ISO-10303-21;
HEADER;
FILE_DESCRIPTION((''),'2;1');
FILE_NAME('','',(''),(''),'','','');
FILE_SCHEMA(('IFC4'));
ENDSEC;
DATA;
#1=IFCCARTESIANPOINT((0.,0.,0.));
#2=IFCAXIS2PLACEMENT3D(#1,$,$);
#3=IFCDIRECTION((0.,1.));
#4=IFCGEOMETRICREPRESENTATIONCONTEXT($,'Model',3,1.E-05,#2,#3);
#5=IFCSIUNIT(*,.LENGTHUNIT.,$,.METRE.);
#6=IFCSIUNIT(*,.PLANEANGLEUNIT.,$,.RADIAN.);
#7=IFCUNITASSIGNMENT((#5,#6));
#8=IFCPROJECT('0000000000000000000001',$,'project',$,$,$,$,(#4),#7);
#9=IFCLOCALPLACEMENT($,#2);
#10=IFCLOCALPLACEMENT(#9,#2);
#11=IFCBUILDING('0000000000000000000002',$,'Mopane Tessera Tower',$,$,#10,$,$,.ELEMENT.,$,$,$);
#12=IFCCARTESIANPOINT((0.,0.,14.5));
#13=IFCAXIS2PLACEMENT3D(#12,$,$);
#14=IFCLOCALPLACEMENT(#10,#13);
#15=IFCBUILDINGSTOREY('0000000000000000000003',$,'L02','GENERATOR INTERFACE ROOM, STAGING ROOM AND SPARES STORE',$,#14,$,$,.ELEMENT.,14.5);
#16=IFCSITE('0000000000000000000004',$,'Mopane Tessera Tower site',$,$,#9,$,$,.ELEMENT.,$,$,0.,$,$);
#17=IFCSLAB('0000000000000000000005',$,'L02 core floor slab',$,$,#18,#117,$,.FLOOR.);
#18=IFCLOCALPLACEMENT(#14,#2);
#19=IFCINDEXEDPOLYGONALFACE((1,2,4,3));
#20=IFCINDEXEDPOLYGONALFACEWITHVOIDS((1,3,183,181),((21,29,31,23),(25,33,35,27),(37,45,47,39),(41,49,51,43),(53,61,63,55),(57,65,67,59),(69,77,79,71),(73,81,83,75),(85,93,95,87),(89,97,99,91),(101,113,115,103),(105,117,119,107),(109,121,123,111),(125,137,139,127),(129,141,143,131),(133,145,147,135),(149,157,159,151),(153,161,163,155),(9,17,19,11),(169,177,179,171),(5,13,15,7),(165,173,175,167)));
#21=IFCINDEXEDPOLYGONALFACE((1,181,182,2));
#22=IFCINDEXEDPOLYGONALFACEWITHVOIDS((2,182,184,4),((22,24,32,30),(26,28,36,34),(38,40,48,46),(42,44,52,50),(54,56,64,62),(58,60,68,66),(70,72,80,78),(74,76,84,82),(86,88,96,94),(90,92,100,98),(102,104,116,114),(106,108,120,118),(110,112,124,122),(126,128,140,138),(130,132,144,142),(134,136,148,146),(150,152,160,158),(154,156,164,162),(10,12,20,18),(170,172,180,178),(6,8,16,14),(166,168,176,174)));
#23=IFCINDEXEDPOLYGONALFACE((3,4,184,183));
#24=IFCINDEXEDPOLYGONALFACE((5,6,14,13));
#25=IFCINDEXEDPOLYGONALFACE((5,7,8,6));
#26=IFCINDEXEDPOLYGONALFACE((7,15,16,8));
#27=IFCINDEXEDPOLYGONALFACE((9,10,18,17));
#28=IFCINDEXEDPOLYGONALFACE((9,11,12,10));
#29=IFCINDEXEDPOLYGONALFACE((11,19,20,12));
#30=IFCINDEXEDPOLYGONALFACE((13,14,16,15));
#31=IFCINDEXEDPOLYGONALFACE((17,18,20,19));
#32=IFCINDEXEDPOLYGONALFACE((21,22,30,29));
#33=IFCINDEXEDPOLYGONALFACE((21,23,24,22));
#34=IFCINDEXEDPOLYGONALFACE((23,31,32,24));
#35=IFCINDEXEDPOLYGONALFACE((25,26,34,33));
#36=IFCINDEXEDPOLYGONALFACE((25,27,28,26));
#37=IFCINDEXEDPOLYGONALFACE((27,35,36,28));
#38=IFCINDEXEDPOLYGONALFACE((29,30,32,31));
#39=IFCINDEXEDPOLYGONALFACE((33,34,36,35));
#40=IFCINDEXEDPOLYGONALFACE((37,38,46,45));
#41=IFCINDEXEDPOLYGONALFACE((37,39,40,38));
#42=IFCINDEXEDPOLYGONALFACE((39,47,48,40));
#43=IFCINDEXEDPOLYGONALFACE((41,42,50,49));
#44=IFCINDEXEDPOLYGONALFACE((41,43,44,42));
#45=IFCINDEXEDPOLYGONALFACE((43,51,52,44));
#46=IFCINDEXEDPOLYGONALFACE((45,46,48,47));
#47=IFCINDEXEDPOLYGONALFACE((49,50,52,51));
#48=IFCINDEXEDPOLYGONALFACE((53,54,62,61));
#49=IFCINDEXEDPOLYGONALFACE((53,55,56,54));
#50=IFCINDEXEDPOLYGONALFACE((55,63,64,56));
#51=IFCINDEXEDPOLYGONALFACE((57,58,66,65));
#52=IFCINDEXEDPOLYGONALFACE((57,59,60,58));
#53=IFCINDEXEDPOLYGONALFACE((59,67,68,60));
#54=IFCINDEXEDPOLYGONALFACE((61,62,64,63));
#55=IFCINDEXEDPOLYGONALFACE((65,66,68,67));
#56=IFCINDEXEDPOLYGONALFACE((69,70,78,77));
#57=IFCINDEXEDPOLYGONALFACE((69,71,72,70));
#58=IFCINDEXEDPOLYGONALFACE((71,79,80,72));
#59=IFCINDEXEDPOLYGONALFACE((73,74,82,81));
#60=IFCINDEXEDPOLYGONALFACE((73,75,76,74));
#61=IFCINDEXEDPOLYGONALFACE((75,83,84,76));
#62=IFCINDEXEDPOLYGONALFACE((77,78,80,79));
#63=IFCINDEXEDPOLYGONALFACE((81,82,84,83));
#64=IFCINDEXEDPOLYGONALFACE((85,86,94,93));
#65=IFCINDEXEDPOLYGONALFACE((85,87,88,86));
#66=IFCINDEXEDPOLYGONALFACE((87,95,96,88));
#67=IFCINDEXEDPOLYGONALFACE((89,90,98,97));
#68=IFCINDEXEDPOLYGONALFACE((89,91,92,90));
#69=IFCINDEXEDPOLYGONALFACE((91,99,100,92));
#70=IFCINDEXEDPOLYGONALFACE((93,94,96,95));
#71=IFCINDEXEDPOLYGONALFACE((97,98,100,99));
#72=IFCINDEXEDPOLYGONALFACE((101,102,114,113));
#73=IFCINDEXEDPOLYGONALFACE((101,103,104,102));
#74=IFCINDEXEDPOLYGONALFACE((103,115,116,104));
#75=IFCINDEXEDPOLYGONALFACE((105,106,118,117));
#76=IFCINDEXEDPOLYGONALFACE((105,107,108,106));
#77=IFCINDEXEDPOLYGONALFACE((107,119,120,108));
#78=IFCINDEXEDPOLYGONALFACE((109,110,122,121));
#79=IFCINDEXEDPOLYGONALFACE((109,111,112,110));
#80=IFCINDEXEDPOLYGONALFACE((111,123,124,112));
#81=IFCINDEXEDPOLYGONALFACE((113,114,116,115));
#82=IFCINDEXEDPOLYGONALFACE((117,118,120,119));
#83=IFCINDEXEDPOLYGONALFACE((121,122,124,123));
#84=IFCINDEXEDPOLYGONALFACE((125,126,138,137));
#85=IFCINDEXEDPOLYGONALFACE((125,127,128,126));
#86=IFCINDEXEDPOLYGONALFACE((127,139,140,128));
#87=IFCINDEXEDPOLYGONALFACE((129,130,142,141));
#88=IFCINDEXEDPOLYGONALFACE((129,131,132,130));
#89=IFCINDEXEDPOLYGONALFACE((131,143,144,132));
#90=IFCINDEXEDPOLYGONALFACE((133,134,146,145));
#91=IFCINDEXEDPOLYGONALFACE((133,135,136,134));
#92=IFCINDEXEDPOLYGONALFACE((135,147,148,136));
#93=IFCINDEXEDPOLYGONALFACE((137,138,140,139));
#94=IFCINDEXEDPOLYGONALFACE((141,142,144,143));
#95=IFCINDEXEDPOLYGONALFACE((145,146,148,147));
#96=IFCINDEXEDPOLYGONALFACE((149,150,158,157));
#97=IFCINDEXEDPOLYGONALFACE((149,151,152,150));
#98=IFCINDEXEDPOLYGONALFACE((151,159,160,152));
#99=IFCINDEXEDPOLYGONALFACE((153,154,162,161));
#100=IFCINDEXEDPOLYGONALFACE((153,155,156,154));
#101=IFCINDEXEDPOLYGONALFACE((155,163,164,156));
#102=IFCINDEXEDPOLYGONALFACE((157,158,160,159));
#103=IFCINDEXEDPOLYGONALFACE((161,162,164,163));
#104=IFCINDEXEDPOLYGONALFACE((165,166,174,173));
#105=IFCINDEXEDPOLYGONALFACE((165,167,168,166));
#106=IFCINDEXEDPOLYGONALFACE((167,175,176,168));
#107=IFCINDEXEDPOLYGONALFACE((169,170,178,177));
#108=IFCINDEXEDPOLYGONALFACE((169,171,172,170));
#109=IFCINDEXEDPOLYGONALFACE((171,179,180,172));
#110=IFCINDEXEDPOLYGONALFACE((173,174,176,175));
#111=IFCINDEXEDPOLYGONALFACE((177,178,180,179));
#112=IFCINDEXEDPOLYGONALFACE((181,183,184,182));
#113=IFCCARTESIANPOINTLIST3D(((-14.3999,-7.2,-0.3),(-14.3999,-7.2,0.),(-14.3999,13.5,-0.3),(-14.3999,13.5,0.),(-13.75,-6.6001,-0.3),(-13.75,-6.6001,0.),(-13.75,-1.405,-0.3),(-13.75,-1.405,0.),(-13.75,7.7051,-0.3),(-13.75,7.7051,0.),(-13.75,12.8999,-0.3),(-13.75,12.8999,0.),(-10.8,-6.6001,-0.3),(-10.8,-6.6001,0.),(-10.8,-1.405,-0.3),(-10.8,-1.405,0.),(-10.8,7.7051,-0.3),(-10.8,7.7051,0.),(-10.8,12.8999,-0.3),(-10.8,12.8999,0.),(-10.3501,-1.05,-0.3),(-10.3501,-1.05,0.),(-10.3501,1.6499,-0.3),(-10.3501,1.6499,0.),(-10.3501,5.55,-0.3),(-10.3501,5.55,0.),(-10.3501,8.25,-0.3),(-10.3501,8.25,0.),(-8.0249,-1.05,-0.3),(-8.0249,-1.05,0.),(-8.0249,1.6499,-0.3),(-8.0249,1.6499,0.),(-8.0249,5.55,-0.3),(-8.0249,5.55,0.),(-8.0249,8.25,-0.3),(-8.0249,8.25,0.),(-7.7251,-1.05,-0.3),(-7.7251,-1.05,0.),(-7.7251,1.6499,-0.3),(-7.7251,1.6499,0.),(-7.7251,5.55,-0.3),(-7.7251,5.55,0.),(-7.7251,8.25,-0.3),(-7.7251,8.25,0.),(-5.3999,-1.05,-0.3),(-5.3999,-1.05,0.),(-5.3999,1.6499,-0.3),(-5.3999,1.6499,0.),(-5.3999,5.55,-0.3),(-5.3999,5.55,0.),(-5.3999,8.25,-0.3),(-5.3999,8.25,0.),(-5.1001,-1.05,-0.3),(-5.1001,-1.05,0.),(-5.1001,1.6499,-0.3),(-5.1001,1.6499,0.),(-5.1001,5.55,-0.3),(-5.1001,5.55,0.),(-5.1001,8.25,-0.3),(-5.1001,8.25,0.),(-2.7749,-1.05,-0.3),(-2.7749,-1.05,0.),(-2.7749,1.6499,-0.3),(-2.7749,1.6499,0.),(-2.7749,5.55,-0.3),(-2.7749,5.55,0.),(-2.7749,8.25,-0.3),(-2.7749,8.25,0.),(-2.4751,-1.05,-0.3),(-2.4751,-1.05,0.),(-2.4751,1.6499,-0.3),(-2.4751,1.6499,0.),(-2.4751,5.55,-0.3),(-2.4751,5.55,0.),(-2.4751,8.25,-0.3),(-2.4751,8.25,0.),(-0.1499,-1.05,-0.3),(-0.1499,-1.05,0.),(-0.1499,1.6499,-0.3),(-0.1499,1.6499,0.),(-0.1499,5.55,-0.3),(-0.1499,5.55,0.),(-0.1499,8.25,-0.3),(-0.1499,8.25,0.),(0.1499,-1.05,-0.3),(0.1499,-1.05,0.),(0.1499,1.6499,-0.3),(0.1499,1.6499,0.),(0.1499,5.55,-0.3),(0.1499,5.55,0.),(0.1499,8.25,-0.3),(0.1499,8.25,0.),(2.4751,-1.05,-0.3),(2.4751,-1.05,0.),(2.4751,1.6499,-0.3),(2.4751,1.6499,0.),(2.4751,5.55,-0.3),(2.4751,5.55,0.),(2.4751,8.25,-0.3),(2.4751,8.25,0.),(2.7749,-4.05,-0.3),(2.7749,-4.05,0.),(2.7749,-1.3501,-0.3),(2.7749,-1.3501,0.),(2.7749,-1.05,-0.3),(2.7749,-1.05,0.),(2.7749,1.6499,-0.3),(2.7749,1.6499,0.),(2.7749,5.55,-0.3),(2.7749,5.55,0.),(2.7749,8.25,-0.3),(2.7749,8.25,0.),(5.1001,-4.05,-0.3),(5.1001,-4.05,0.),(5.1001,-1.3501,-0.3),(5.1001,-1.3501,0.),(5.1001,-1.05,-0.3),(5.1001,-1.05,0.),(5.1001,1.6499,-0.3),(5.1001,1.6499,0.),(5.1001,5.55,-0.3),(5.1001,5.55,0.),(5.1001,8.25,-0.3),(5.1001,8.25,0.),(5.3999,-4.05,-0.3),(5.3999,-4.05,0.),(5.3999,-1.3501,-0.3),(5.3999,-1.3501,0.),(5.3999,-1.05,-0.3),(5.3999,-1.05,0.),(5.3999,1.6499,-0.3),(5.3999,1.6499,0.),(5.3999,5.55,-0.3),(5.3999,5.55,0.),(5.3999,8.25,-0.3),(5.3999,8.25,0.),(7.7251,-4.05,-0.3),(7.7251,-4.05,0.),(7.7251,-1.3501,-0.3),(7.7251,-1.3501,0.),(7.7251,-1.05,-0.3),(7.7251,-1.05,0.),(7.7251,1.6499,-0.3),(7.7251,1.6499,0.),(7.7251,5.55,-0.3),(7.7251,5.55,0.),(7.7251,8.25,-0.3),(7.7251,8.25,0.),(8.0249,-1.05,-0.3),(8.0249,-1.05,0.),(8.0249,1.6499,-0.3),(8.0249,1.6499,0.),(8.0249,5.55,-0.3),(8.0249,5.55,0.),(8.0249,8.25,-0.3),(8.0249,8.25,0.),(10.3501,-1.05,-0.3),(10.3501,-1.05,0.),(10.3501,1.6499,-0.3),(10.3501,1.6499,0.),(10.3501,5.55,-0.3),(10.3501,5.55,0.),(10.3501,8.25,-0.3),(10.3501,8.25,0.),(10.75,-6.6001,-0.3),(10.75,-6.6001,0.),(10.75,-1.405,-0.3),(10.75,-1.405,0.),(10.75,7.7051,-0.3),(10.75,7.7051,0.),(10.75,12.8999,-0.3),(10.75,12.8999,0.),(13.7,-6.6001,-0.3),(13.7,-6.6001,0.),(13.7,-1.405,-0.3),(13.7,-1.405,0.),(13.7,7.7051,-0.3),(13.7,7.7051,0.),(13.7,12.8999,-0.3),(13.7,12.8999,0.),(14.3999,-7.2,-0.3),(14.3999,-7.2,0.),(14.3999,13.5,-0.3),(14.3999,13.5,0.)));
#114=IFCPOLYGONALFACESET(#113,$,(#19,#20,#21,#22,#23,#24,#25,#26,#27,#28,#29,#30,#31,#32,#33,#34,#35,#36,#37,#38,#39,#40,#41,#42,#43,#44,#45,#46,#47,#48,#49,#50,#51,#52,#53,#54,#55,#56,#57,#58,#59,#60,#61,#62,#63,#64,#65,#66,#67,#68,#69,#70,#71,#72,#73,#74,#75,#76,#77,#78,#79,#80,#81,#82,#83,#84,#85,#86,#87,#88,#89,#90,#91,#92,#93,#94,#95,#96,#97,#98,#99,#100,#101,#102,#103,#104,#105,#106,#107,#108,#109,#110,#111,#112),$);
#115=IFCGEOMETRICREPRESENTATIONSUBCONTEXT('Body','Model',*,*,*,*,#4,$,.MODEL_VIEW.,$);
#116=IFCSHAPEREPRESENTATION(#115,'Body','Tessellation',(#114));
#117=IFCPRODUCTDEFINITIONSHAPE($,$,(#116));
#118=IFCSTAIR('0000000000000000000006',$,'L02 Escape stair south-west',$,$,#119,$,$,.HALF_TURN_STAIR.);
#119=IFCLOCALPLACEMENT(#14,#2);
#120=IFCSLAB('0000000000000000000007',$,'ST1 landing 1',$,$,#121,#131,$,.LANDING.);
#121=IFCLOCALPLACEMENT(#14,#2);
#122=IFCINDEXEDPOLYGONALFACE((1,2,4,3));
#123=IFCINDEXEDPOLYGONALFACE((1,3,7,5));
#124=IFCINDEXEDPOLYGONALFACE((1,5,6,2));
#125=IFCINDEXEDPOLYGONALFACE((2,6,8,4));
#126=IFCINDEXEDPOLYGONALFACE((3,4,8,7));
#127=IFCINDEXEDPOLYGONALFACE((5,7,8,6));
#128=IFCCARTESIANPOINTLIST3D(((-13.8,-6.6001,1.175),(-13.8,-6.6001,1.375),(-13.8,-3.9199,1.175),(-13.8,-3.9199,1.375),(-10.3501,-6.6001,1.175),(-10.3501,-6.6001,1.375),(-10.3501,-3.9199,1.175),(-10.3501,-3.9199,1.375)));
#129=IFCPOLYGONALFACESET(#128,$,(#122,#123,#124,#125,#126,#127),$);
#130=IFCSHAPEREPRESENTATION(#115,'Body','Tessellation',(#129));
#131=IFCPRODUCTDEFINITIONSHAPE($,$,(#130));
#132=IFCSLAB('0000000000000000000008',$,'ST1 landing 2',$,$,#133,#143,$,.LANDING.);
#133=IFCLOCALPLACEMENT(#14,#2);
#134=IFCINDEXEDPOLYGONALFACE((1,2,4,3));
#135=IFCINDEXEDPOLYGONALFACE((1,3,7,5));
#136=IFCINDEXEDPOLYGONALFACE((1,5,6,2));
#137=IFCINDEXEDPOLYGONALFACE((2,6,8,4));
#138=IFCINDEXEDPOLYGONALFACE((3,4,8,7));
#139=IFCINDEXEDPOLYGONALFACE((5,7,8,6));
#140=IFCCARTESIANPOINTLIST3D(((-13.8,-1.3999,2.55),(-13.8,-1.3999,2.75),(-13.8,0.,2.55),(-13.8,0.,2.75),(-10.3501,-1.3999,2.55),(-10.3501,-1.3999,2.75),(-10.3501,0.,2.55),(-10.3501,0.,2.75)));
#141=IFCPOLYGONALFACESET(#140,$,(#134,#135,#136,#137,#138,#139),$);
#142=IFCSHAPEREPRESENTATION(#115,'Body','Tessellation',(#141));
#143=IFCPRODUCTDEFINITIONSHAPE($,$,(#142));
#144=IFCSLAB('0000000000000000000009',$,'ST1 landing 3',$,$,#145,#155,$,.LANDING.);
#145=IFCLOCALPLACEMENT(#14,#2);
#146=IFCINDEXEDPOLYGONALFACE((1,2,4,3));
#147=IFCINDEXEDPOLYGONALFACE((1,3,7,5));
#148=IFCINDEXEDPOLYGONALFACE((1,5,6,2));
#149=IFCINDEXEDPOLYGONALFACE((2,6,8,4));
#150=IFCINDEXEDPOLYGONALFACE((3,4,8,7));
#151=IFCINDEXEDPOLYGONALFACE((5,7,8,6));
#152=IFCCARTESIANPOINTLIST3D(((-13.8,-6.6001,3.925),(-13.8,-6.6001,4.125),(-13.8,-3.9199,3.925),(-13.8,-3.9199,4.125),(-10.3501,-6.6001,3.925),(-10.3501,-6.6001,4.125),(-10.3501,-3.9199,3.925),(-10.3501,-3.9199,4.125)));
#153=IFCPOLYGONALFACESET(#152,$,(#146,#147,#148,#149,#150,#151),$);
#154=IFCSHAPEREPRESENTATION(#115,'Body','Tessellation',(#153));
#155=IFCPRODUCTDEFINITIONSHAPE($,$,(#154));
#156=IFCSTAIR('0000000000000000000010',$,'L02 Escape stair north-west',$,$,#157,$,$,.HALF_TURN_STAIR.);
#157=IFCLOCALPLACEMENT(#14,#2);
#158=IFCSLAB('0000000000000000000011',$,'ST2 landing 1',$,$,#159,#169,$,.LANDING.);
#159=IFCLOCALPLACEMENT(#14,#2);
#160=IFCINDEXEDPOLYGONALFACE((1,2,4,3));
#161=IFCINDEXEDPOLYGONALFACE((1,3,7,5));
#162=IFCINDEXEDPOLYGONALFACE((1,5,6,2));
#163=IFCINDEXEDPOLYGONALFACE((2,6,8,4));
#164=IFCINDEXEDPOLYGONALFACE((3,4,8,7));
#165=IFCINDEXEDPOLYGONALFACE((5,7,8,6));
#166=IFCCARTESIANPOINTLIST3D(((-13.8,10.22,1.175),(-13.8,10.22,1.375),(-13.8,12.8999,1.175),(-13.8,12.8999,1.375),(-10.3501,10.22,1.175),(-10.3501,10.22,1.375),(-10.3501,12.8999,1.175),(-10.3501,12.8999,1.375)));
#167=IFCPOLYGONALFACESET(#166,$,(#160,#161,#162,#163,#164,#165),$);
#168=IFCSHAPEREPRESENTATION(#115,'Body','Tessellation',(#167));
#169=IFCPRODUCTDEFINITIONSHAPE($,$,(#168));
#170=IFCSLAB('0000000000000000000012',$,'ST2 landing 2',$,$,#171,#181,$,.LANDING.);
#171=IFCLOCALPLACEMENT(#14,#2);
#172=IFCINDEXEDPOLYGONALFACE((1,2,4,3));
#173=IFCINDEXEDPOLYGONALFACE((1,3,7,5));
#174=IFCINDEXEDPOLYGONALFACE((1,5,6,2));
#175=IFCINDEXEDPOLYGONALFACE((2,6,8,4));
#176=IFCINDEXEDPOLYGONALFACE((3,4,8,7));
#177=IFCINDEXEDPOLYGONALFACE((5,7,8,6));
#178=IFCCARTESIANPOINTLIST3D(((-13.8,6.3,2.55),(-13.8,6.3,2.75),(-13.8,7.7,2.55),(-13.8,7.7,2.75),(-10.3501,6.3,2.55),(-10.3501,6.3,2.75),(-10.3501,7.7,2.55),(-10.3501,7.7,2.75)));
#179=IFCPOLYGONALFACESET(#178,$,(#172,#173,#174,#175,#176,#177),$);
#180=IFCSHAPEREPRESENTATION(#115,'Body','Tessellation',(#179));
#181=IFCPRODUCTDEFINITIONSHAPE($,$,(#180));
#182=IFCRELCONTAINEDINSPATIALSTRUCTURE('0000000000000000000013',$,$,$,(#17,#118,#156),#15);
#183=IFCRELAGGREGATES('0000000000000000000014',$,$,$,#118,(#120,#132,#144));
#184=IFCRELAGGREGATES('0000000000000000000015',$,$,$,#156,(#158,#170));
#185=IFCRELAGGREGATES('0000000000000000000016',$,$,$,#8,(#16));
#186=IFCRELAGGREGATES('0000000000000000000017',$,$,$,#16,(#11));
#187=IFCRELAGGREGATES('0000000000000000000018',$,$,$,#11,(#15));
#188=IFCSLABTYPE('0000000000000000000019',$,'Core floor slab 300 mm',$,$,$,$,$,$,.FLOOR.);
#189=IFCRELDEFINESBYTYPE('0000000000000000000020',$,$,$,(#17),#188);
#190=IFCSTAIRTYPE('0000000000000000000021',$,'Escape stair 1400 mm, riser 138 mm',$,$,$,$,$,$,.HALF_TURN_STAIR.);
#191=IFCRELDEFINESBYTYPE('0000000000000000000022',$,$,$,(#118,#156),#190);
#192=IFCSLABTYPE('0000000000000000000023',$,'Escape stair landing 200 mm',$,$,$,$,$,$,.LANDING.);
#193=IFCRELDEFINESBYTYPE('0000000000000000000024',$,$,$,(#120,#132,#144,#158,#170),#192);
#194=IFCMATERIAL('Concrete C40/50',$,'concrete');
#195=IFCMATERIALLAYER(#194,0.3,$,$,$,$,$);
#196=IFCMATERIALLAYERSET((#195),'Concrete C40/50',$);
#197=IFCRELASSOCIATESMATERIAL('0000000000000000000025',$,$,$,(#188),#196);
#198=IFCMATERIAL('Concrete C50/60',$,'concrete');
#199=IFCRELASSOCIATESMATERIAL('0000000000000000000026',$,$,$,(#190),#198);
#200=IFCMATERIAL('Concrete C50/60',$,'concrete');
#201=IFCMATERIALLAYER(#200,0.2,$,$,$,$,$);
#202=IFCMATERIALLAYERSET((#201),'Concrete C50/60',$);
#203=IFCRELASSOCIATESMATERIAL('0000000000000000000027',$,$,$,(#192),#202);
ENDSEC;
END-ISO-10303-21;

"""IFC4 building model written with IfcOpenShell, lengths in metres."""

from ifc_helpers import new_model, si_unit, direction, frame, origin, place, context, subcontext, project, spatial, polyline, outline, extrude, material, layer, layer_set, type_object, element, aggregate, save


model = new_model("IFC4")

# Units and contexts
model_context = context("Model", 3, precision=1e-05, world=origin(), true_north=direction((0.0, 1.0)))
body_context = subcontext(model_context, "Body", "Model", "MODEL_VIEW")
ifc_project = project(units=[si_unit("LENGTHUNIT", "METRE"), si_unit("PLANEANGLEUNIT", "RADIAN")], contexts=[model_context])

# Site, building, storey
site_placement = place(None, origin())
site = spatial("IfcSite", under=ifc_project, at=site_placement, Name="Mopane Tessera Tower site", CompositionType="ELEMENT", RefElevation=0.0)
building_placement = place(site_placement, origin())
building = spatial("IfcBuilding", under=site, at=building_placement, Name="Mopane Tessera Tower", CompositionType="ELEMENT")
storey_placement = place(building_placement, frame((0.0, 0.0, 14.5)))
storey = spatial("IfcBuildingStorey", under=building, at=storey_placement, Name="L02", Description="GENERATOR INTERFACE ROOM, STAGING ROOM AND SPARES STORE", CompositionType="ELEMENT", Elevation=14.5)

# Slab
ifc_material_1 = material(Name="Concrete C40/50", Category="concrete")
ifc_layer_1 = layer(ifc_material_1, 0.3)
ifc_layer_set_1 = layer_set([ifc_layer_1], Name="Concrete C40/50")
slab_type_1 = type_object("IfcSlabType", Name="Core floor slab 300 mm", PredefinedType="FLOOR", material=ifc_layer_set_1)
slab_1_placement = place(storey_placement, frame((0.0, 0.0, -0.3)))
element("IfcSlab", 1, at=slab_1_placement, inside=storey, type_object=slab_type_1, Name="L02 core floor slab", PredefinedType="FLOOR", context=body_context, shape_type="SweptSolid", body=[
    extrude(outline(polyline([(-14.3999, -7.2), (14.3999, -7.2), (14.3999, 13.5), (-14.3999, 13.5), (-14.3999, -7.2)]), holes=[polyline([(-10.3501, -1.05), (-8.0249, -1.05), (-8.0249, 1.6499), (-10.3501, 1.6499), (-10.3501, -1.05)]), polyline([(-7.7251, -1.05), (-5.3999, -1.05), (-5.3999, 1.6499), (-7.7251, 1.6499), (-7.7251, -1.05)]), polyline([(-5.1001, -1.05), (-2.7749, -1.05), (-2.7749, 1.6499), (-5.1001, 1.6499), (-5.1001, -1.05)]), polyline([(-2.4751, -1.05), (-0.1499, -1.05), (-0.1499, 1.6499), (-2.4751, 1.6499), (-2.4751, -1.05)]), polyline([(0.1499, -1.05), (2.4751, -1.05), (2.4751, 1.6499), (0.1499, 1.6499), (0.1499, -1.05)]), polyline([(2.7749, -1.05), (5.1001, -1.05), (5.1001, 1.6499), (2.7749, 1.6499), (2.7749, -1.05)]), polyline([(5.3999, -1.05), (7.7251, -1.05), (7.7251, 1.6499), (5.3999, 1.6499), (5.3999, -1.05)]), polyline([(8.0249, -1.05), (10.3501, -1.05), (10.3501, 1.6499), (8.0249, 1.6499), (8.0249, -1.05)]), polyline([(-10.3501, 5.55), (-8.0249, 5.55), (-8.0249, 8.25), (-10.3501, 8.25), (-10.3501, 5.55)]), polyline([(-7.7251, 5.55), (-5.3999, 5.55), (-5.3999, 8.25), (-7.7251, 8.25), (-7.7251, 5.55)]), polyline([(-5.1001, 5.55), (-2.7749, 5.55), (-2.7749, 8.25), (-5.1001, 8.25), (-5.1001, 5.55)]), polyline([(-2.4751, 5.55), (-0.1499, 5.55), (-0.1499, 8.25), (-2.4751, 8.25), (-2.4751, 5.55)]), polyline([(0.1499, 5.55), (2.4751, 5.55), (2.4751, 8.25), (0.1499, 8.25), (0.1499, 5.55)]), polyline([(2.7749, 5.55), (5.1001, 5.55), (5.1001, 8.25), (2.7749, 8.25), (2.7749, 5.55)]), polyline([(5.3999, 5.55), (7.7251, 5.55), (7.7251, 8.25), (5.3999, 8.25), (5.3999, 5.55)]), polyline([(8.0249, 5.55), (10.3501, 5.55), (10.3501, 8.25), (8.0249, 8.25), (8.0249, 5.55)]), polyline([(2.7749, -4.05), (5.1001, -4.05), (5.1001, -1.3501), (2.7749, -1.3501), (2.7749, -4.05)]), polyline([(5.3999, -4.05), (7.7251, -4.05), (7.7251, -1.3501), (5.3999, -1.3501), (5.3999, -4.05)]), polyline([(-13.75, -1.405), (-13.75, -6.6001), (-10.8, -6.6001), (-10.8, -1.405), (-13.75, -1.405)]), polyline([(-10.8, 7.7051), (-10.8, 12.8999), (-13.75, 12.8999), (-13.75, 7.7051), (-10.8, 7.7051)]), polyline([(10.75, -1.405), (10.75, -6.6001), (13.7, -6.6001), (13.7, -1.405), (10.75, -1.405)]), polyline([(13.7, 7.7051), (13.7, 12.8999), (10.75, 12.8999), (10.75, 7.7051), (13.7, 7.7051)])]), origin(), (0.0, 0.0, 1.0), 0.3),
])

# Stairs, slabs
ifc_material_2 = material(Name="Concrete C50/60", Category="concrete")
stair_type = type_object("IfcStairType", Name="Escape stair 1400 mm, riser 138 mm", PredefinedType="HALF_TURN_STAIR", material=ifc_material_2)
stair_1_placement = place(storey_placement, origin())
stair_1 = element("IfcStair", 2, at=stair_1_placement, inside=storey, type_object=stair_type, Name="L02 Escape stair south-west", PredefinedType="HALF_TURN_STAIR")
ifc_material_3 = material(Name="Concrete C50/60", Category="concrete")
ifc_layer_2 = layer(ifc_material_3, 0.2)
ifc_layer_set_2 = layer_set([ifc_layer_2], Name="Concrete C50/60")
slab_type_2 = type_object("IfcSlabType", Name="Escape stair landing 200 mm", PredefinedType="LANDING", material=ifc_layer_set_2)
slab_2_placement = place(storey_placement, frame((0.0, 0.0, 1.175)))
slab_2 = element("IfcSlab", 3, at=slab_2_placement, type_object=slab_type_2, Name="ST1 landing 1", PredefinedType="LANDING", context=body_context, shape_type="SweptSolid", body=[
    extrude(outline(polyline([(-13.8, -3.9199), (-13.8, -6.6001), (-10.3501, -6.6001), (-10.3501, -3.9199), (-13.8, -3.9199)])), origin(), (0.0, 0.0, 1.0), 0.2),
])
slab_3_placement = place(storey_placement, frame((0.0, 0.0, 2.55)))
slab_3 = element("IfcSlab", 4, at=slab_3_placement, type_object=slab_type_2, Name="ST1 landing 2", PredefinedType="LANDING", context=body_context, shape_type="SweptSolid", body=[
    extrude(outline(polyline([(-13.8, 0.0), (-13.8, -1.3999), (-10.3501, -1.3999), (-10.3501, 0.0), (-13.8, 0.0)])), origin(), (0.0, 0.0, 1.0), 0.2),
])
slab_4_placement = place(storey_placement, frame((0.0, 0.0, 3.925)))
slab_4 = element("IfcSlab", 5, at=slab_4_placement, type_object=slab_type_2, Name="ST1 landing 3", PredefinedType="LANDING", context=body_context, shape_type="SweptSolid", body=[
    extrude(outline(polyline([(-13.8, -3.9199), (-13.8, -6.6001), (-10.3501, -6.6001), (-10.3501, -3.9199), (-13.8, -3.9199)])), origin(), (0.0, 0.0, 1.0), 0.2),
])
aggregate(stair_1, [slab_2, slab_3, slab_4])
stair_2_placement = place(storey_placement, origin())
stair_2 = element("IfcStair", 6, at=stair_2_placement, inside=storey, type_object=stair_type, Name="L02 Escape stair north-west", PredefinedType="HALF_TURN_STAIR")
slab_5_placement = place(storey_placement, frame((0.0, 0.0, 1.175)))
slab_5 = element("IfcSlab", 7, at=slab_5_placement, type_object=slab_type_2, Name="ST2 landing 1", PredefinedType="LANDING", context=body_context, shape_type="SweptSolid", body=[
    extrude(outline(polyline([(-10.3501, 10.22), (-10.3501, 12.8999), (-13.8, 12.8999), (-13.8, 10.22), (-10.3501, 10.22)])), origin(), (0.0, 0.0, 1.0), 0.2),
])
slab_6_placement = place(storey_placement, frame((0.0, 0.0, 2.55)))
slab_6 = element("IfcSlab", 8, at=slab_6_placement, type_object=slab_type_2, Name="ST2 landing 2", PredefinedType="LANDING", context=body_context, shape_type="SweptSolid", body=[
    extrude(outline(polyline([(-10.3501, 6.3), (-10.3501, 7.7), (-13.8, 7.7), (-13.8, 6.3), (-10.3501, 6.3)])), origin(), (0.0, 0.0, 1.0), 0.2),
])
aggregate(stair_2, [slab_5, slab_6])

save(model, "model.ifc")
